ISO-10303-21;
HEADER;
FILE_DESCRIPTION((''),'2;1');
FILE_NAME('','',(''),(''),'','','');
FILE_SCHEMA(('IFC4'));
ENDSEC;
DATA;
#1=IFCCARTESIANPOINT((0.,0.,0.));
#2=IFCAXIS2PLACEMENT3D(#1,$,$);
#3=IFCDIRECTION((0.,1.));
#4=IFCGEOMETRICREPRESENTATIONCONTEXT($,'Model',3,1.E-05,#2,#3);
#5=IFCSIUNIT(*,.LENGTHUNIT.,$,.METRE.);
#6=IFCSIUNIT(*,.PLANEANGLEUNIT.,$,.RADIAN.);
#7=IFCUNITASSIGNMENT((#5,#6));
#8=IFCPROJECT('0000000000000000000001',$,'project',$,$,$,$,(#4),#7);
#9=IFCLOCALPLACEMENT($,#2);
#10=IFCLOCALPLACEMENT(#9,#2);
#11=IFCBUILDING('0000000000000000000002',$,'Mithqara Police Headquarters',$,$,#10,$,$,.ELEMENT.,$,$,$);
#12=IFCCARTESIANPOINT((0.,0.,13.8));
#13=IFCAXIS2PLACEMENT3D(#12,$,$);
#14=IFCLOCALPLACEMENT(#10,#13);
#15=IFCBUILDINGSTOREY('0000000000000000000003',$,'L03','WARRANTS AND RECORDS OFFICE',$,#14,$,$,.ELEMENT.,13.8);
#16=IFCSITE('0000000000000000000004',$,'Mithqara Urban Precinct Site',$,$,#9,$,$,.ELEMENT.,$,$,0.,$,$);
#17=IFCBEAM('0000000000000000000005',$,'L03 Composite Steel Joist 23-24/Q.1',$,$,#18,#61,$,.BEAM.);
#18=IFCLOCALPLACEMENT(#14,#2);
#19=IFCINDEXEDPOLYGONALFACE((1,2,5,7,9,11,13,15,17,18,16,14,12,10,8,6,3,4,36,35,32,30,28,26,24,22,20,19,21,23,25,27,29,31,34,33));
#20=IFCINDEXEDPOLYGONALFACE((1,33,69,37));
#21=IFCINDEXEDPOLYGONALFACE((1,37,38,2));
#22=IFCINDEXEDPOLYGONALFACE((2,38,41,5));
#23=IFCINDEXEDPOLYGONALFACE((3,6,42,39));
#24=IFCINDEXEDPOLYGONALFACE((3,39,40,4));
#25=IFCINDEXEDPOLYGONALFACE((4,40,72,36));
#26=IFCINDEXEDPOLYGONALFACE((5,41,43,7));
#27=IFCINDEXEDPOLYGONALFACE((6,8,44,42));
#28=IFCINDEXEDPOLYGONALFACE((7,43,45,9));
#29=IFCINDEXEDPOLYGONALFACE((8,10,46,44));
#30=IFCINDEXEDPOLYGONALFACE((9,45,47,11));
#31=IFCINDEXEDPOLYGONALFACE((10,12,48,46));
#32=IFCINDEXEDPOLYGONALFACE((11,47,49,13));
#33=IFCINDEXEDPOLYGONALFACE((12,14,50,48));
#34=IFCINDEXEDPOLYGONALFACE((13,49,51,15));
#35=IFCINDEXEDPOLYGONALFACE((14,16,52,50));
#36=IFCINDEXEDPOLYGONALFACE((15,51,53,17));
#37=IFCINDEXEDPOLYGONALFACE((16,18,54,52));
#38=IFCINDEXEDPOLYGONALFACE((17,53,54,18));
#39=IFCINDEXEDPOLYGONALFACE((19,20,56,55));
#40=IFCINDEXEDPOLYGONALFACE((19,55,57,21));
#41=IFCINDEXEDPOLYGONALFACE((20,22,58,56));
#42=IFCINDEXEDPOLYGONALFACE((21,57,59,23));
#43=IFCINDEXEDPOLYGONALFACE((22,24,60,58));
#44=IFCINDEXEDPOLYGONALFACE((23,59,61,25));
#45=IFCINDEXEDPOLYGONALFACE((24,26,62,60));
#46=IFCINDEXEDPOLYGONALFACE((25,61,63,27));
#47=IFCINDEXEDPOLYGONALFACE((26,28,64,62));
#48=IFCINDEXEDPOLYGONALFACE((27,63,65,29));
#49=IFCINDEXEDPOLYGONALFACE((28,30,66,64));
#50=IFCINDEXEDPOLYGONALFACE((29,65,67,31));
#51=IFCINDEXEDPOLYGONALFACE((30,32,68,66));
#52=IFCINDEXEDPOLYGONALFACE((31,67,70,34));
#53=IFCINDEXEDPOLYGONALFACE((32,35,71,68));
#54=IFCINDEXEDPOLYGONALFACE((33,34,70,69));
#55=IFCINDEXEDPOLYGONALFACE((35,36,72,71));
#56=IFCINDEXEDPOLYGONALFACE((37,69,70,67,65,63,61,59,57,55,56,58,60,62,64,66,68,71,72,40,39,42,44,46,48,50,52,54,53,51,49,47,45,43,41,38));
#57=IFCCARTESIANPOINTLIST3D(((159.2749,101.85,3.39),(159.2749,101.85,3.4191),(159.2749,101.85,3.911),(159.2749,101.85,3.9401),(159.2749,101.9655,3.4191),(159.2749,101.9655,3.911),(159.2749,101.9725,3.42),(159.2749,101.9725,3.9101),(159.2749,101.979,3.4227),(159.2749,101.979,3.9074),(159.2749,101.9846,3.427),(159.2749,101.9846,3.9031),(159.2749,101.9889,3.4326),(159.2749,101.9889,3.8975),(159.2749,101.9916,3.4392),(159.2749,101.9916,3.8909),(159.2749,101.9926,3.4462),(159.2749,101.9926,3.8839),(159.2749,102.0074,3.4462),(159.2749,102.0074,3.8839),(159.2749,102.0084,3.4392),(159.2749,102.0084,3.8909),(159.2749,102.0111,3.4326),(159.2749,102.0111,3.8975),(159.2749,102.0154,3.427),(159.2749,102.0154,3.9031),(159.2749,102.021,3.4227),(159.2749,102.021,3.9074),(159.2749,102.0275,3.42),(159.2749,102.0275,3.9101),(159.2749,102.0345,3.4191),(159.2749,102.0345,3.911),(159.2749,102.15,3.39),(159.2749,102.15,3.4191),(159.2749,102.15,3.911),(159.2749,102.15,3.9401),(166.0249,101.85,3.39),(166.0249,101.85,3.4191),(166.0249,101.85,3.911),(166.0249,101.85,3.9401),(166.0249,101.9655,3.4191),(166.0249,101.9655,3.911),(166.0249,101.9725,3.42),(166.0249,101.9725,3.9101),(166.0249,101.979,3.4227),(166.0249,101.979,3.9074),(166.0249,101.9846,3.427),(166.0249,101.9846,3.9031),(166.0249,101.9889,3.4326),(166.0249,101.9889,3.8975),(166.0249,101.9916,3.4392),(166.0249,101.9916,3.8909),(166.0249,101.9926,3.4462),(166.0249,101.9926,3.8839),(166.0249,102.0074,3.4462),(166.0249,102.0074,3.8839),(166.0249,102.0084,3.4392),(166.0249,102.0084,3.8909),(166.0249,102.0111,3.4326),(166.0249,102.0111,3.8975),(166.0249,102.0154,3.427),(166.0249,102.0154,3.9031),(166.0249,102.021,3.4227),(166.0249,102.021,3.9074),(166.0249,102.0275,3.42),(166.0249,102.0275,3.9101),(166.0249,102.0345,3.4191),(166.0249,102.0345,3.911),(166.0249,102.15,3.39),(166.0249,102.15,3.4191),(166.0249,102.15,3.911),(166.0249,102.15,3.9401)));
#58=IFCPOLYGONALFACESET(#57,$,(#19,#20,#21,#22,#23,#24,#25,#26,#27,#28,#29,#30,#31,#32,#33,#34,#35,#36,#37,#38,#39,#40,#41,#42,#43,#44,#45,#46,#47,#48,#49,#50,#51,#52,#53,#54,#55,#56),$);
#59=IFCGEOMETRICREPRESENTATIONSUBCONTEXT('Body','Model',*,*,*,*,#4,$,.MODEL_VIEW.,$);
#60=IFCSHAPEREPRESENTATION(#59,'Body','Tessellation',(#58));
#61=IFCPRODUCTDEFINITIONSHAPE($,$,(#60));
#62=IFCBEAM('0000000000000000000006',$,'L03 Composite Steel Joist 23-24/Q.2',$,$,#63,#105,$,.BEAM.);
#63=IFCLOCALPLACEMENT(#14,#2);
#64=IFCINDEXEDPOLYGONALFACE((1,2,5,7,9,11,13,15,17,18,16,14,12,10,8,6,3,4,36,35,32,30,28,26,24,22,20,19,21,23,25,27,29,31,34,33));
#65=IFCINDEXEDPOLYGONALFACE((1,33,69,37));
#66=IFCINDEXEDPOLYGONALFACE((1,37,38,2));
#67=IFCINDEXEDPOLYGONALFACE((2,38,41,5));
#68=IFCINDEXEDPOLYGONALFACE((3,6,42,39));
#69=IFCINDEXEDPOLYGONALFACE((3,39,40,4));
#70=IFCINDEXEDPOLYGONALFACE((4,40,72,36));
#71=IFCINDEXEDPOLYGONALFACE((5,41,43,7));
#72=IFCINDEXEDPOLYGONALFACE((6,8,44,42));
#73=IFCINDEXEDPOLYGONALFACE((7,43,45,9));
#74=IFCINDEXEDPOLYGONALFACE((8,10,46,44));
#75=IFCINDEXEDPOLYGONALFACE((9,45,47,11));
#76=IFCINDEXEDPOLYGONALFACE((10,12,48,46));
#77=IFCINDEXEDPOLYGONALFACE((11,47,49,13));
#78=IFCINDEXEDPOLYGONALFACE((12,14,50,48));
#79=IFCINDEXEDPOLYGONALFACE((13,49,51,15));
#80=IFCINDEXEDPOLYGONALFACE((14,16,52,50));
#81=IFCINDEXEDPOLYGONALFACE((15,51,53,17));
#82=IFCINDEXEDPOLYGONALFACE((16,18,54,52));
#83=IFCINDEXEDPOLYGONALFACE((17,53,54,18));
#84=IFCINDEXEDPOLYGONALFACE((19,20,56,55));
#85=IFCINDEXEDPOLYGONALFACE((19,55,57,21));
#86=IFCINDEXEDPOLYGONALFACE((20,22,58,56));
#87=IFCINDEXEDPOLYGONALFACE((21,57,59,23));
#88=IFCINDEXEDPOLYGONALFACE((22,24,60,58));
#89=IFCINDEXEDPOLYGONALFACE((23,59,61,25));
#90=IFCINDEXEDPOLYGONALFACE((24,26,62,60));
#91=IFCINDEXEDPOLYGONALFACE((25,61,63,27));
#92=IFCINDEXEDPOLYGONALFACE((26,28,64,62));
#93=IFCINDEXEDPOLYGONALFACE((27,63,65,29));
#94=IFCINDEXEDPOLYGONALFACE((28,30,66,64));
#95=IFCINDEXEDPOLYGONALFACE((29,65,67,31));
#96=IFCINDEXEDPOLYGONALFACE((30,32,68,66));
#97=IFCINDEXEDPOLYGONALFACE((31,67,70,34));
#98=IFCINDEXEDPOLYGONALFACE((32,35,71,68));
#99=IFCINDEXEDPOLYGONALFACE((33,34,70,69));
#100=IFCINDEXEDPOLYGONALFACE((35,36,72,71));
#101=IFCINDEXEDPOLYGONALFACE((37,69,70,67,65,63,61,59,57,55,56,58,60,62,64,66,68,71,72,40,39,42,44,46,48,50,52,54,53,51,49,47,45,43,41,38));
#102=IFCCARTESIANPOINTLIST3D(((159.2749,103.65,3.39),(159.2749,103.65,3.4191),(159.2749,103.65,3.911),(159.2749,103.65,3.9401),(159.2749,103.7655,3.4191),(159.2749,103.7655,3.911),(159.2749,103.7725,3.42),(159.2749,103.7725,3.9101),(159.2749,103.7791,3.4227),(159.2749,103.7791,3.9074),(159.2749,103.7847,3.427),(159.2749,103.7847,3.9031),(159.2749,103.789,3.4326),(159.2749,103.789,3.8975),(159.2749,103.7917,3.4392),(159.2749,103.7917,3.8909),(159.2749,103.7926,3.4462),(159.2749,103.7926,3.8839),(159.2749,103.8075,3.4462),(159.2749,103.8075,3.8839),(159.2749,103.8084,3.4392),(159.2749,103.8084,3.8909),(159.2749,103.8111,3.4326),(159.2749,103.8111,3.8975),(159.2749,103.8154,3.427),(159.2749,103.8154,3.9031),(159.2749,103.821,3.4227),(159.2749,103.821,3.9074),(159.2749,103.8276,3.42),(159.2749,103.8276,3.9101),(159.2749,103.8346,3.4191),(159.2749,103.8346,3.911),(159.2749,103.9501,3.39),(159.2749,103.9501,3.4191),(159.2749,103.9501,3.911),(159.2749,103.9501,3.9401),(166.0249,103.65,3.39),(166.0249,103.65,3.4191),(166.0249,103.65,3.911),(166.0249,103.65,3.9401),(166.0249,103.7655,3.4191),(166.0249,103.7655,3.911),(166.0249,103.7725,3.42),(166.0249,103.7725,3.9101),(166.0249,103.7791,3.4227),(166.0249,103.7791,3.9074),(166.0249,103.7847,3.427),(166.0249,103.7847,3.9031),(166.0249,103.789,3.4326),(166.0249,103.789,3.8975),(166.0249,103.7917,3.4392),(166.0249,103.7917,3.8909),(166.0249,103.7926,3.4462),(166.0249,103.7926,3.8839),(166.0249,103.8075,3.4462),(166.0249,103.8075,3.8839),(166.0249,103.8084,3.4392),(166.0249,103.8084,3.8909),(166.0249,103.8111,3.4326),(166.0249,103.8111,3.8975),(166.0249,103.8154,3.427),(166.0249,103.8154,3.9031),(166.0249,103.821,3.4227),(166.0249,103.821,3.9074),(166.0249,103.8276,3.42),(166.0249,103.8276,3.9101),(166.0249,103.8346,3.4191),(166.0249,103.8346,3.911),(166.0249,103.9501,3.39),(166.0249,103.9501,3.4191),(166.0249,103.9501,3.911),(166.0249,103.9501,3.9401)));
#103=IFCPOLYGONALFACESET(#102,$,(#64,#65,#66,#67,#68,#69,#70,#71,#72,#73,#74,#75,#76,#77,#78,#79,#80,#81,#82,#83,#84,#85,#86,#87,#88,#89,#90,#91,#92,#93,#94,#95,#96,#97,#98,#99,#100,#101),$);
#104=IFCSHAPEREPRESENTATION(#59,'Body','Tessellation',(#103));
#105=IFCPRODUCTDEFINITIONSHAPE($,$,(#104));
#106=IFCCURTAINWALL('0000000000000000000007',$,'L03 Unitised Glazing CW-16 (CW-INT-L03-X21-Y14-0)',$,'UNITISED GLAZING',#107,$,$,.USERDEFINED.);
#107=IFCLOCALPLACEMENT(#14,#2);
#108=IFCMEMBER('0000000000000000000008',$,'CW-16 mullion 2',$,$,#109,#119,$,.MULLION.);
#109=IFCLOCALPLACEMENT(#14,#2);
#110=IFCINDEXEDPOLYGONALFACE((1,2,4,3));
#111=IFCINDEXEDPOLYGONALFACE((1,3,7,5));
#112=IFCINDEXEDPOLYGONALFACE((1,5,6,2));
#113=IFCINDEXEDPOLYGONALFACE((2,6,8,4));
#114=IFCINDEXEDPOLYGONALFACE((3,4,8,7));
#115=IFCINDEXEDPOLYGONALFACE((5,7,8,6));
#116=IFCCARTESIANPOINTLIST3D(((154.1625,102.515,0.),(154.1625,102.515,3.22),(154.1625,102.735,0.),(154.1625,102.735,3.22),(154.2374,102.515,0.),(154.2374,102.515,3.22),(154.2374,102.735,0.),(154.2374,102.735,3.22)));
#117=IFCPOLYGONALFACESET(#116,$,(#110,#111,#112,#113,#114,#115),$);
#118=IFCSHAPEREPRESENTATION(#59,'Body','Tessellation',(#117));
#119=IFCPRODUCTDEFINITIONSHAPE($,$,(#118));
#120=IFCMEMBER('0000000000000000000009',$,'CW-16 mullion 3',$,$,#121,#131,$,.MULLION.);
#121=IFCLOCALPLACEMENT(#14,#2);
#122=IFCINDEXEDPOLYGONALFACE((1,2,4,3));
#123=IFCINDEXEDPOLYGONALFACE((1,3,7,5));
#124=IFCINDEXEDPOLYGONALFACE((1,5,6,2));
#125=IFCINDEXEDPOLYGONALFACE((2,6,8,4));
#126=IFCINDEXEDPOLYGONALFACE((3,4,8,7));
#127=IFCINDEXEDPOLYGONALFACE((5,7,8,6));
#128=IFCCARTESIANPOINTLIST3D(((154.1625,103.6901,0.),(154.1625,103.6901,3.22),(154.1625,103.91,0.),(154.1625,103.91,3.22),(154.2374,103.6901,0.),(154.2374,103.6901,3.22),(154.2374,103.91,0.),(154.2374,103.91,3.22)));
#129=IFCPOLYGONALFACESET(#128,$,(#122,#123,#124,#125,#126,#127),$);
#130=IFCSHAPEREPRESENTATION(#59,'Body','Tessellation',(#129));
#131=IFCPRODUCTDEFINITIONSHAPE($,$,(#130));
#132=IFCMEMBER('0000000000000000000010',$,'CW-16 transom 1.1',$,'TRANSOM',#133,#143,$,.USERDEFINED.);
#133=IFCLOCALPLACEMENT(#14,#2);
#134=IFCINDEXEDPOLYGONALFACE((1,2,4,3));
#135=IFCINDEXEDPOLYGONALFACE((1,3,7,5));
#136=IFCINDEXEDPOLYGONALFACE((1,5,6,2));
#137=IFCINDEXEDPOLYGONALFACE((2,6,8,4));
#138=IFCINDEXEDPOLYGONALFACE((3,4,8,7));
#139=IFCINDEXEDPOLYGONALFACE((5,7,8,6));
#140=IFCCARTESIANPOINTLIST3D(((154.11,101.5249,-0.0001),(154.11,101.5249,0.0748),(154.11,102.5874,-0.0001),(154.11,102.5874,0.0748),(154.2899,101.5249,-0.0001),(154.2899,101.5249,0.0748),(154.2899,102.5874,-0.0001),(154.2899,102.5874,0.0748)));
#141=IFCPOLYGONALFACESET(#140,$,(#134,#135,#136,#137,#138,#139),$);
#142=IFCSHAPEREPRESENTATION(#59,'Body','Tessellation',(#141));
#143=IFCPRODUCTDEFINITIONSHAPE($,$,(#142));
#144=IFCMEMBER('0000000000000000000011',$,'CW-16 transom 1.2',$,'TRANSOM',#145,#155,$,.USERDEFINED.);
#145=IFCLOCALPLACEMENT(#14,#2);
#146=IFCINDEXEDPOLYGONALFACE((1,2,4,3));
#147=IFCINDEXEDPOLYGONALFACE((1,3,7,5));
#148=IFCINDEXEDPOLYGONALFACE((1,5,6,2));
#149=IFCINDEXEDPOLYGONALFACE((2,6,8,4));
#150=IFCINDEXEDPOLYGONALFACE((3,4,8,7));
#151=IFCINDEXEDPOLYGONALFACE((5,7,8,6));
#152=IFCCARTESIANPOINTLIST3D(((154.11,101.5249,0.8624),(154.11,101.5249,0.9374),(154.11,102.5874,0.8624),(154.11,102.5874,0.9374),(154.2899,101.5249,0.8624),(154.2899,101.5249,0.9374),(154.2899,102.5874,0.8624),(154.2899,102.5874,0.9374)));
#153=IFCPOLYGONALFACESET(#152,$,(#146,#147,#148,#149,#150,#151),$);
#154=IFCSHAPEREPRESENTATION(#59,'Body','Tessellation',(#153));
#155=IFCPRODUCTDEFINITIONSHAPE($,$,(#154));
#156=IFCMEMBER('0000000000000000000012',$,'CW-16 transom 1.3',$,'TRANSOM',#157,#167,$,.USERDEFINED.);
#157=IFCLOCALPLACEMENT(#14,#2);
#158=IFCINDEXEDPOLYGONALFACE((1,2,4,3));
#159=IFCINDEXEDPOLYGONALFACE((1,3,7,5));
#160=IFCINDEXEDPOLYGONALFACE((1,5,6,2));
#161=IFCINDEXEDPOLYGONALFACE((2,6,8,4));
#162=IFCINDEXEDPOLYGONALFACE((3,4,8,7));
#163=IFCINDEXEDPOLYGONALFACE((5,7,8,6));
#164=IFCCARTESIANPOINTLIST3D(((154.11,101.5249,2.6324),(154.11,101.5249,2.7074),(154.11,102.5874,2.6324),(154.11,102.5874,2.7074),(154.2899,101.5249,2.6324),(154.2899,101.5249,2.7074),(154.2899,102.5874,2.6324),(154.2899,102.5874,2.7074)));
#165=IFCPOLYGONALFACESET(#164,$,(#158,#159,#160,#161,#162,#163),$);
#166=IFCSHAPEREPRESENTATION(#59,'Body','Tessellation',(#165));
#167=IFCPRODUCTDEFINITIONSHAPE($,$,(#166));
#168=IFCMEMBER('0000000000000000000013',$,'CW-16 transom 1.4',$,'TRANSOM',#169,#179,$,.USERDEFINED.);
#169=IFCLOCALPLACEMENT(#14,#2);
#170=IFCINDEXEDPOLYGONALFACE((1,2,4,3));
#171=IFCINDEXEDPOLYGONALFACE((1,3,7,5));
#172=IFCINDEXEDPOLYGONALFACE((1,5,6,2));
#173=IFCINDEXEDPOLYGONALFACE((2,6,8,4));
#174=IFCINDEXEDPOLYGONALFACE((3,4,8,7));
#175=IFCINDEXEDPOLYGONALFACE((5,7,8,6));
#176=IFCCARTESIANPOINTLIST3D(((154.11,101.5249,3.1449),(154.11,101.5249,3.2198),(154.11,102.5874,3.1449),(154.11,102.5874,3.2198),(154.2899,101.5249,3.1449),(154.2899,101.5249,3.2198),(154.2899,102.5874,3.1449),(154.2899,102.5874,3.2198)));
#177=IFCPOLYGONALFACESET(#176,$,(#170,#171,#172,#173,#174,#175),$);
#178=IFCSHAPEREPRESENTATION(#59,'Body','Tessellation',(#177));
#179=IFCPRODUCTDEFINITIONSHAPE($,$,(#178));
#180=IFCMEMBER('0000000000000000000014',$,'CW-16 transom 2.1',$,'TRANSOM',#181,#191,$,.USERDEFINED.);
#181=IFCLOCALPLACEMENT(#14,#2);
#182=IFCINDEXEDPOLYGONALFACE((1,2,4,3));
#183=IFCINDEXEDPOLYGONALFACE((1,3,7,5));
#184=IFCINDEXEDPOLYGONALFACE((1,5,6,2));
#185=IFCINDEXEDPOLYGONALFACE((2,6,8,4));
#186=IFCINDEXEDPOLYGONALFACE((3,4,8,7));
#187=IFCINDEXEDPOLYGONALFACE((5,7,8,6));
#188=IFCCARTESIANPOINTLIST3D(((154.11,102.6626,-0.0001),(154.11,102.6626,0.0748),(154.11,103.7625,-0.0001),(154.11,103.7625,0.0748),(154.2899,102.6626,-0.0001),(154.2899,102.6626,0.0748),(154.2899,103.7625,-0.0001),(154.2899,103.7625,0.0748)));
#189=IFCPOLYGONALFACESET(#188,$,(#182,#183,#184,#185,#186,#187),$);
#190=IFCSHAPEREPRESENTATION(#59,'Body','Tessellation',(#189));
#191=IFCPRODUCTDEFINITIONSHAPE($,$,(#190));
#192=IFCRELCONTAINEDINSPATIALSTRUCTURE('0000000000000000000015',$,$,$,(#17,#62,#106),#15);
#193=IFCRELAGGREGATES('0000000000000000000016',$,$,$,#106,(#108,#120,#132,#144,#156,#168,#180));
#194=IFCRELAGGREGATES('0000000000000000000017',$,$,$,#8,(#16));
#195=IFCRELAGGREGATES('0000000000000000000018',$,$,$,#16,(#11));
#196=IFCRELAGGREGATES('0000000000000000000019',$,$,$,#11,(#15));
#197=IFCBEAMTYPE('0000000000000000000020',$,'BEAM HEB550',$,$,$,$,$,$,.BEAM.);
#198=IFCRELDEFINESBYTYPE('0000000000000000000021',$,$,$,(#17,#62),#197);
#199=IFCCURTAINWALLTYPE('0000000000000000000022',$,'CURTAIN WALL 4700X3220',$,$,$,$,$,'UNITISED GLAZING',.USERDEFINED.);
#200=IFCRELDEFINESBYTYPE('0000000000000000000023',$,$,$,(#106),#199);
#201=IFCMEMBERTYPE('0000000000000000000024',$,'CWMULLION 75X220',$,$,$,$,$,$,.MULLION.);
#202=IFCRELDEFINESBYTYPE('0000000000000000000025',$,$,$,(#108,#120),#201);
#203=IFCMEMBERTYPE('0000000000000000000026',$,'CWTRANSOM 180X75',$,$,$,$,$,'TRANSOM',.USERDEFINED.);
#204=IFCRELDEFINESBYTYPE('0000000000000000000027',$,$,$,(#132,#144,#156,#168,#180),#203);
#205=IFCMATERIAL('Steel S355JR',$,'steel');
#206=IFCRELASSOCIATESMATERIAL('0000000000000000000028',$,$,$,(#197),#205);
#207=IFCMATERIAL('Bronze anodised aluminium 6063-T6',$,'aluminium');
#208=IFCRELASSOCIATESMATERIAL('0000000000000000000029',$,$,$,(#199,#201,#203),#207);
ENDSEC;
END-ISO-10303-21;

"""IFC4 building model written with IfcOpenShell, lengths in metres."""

from ifc_helpers import new_model, si_unit, direction, frame, origin, origin_2d, place, context, subcontext, project, spatial, rectangle, i_section, extrude, material, material_profile, profile_set, type_object, element, aggregate, save


model = new_model("IFC4")

# Units and contexts
model_context = context("Model", 3, precision=1e-05, world=origin(), true_north=direction((0.0, 1.0)))
body_context = subcontext(model_context, "Body", "Model", "MODEL_VIEW")
ifc_project = project(units=[si_unit("LENGTHUNIT", "METRE"), si_unit("PLANEANGLEUNIT", "RADIAN")], contexts=[model_context])

# Site, building, storey
site_placement = place(None, origin())
site = spatial("IfcSite", under=ifc_project, at=site_placement, Name="Mithqara Urban Precinct Site", CompositionType="ELEMENT", RefElevation=0.0)
building_placement = place(site_placement, origin())
building = spatial("IfcBuilding", under=site, at=building_placement, Name="Mithqara Police Headquarters", CompositionType="ELEMENT")
storey_placement = place(building_placement, frame((0.0, 0.0, 13.8)))
storey = spatial("IfcBuildingStorey", under=building, at=storey_placement, Name="L03", Description="WARRANTS AND RECORDS OFFICE", CompositionType="ELEMENT", Elevation=13.8)

# Beams
ifc_material_1 = material(Name="Steel S355JR", Category="steel")
ifc_material_profile_1 = material_profile(ifc_material_1, i_section(OverallWidth=0.3, OverallDepth=0.55, WebThickness=0.0149, FlangeThickness=0.0291, FilletRadius=0.0271, at=origin_2d()), Name="HEB 550")
ifc_profile_set_1 = profile_set([ifc_material_profile_1], Name="Steel S355JR")
beam_type = type_object("IfcBeamType", Name="BEAM HEB550", PredefinedType="BEAM", material=ifc_profile_set_1)
for number, where, z_axis, x_axis, name in (
    (1, (159.2749, 102.0, 3.665), (1.0, 0.0, 0.0), (0.0, 1.0, 0.0), "L03 Composite Steel Joist 23-24/Q.1"),
    (2, (159.2749, 103.8, 3.665), (1.0, 0.0, 0.0), (0.0, 1.0, 0.0), "L03 Composite Steel Joist 23-24/Q.2"),
):
    element("IfcBeam", number, at=place(storey_placement, frame(where, z_axis=z_axis, x_axis=x_axis)), inside=storey, type_object=beam_type, Name=name, PredefinedType="BEAM", context=body_context, shape_type="SweptSolid", body=[
        extrude(i_section(OverallWidth=0.3, OverallDepth=0.55, WebThickness=0.0149, FlangeThickness=0.0291, FilletRadius=0.0271, at=origin_2d()), origin(), (0.0, 0.0, 1.0), 6.75),
    ])

# Curtain wall, members
ifc_material_2 = material(Name="Bronze anodised aluminium 6063-T6", Category="aluminium")
curtain_wall_type = type_object("IfcCurtainWallType", Name="CURTAIN WALL 4700X3220", ElementType="UNITISED GLAZING", PredefinedType="USERDEFINED", material=ifc_material_2)
curtain_wall_placement = place(storey_placement, origin())
curtain_wall = element("IfcCurtainWall", 3, at=curtain_wall_placement, inside=storey, type_object=curtain_wall_type, Name="L03 Unitised Glazing CW-16 (CW-INT-L03-X21-Y14-0)", ObjectType="UNITISED GLAZING", PredefinedType="USERDEFINED")
ifc_material_profile_2 = material_profile(ifc_material_2, rectangle(XDim=0.075, YDim=0.22, at=origin_2d()), Name="CWM 75x220")
ifc_profile_set_2 = profile_set([ifc_material_profile_2], Name="Bronze anodised aluminium 6063-T6")
member_type_1 = type_object("IfcMemberType", Name="CWMULLION 75X220", PredefinedType="MULLION", material=ifc_profile_set_2)
member_1_placement = place(storey_placement, frame((154.2, 102.625, 0.0), z_axis=(0.0, 0.0, 1.0), x_axis=(-1.0, 0.0, 0.0)))
member_1 = element("IfcMember", 4, at=member_1_placement, type_object=member_type_1, Name="CW-16 mullion 2", PredefinedType="MULLION", context=body_context, shape_type="SweptSolid", body=[
    extrude(rectangle(XDim=0.075, YDim=0.22, at=origin_2d()), origin(), (0.0, 0.0, 1.0), 3.22),
])
member_2_placement = place(storey_placement, frame((154.2, 103.8, 0.0), z_axis=(0.0, 0.0, 1.0), x_axis=(-1.0, 0.0, 0.0)))
member_2 = element("IfcMember", 5, at=member_2_placement, type_object=member_type_1, Name="CW-16 mullion 3", PredefinedType="MULLION", context=body_context, shape_type="SweptSolid", body=[
    extrude(rectangle(XDim=0.075, YDim=0.22, at=origin_2d()), origin(), (0.0, 0.0, 1.0), 3.22),
])
ifc_material_profile_3 = material_profile(ifc_material_2, rectangle(XDim=0.1799, YDim=0.075, at=origin_2d()), Name="CWT 180x75")
ifc_profile_set_3 = profile_set([ifc_material_profile_3], Name="Bronze anodised aluminium 6063-T6")
member_type_2 = type_object("IfcMemberType", Name="CWTRANSOM 180X75", ElementType="TRANSOM", PredefinedType="USERDEFINED", material=ifc_profile_set_3)
member_3_placement = place(storey_placement, frame((154.2, 101.5249, 0.0374), z_axis=(0.0, 1.0, 0.0), x_axis=(-1.0, 0.0, 0.0)))
member_3 = element("IfcMember", 6, at=member_3_placement, type_object=member_type_2, Name="CW-16 transom 1.1", ObjectType="TRANSOM", PredefinedType="USERDEFINED", context=body_context, shape_type="SweptSolid", body=[
    extrude(rectangle(XDim=0.1799, YDim=0.075, at=origin_2d()), origin(), (0.0, 0.0, 1.0), 1.0625),
])
member_4_placement = place(storey_placement, frame((154.2, 101.5249, 0.8999), z_axis=(0.0, 1.0, 0.0), x_axis=(-1.0, 0.0, 0.0)))
member_4 = element("IfcMember", 7, at=member_4_placement, type_object=member_type_2, Name="CW-16 transom 1.2", ObjectType="TRANSOM", PredefinedType="USERDEFINED", context=body_context, shape_type="SweptSolid", body=[
    extrude(rectangle(XDim=0.1799, YDim=0.075, at=origin_2d()), origin(), (0.0, 0.0, 1.0), 1.0625),
])
member_5_placement = place(storey_placement, frame((154.2, 101.5249, 2.6699), z_axis=(0.0, 1.0, 0.0), x_axis=(-1.0, 0.0, 0.0)))
member_5 = element("IfcMember", 8, at=member_5_placement, type_object=member_type_2, Name="CW-16 transom 1.3", ObjectType="TRANSOM", PredefinedType="USERDEFINED", context=body_context, shape_type="SweptSolid", body=[
    extrude(rectangle(XDim=0.1799, YDim=0.075, at=origin_2d()), origin(), (0.0, 0.0, 1.0), 1.0625),
])
member_6_placement = place(storey_placement, frame((154.2, 101.5249, 3.1824), z_axis=(0.0, 1.0, 0.0), x_axis=(-1.0, 0.0, 0.0)))
member_6 = element("IfcMember", 9, at=member_6_placement, type_object=member_type_2, Name="CW-16 transom 1.4", ObjectType="TRANSOM", PredefinedType="USERDEFINED", context=body_context, shape_type="SweptSolid", body=[
    extrude(rectangle(XDim=0.1799, YDim=0.075, at=origin_2d()), origin(), (0.0, 0.0, 1.0), 1.0625),
])
member_7_placement = place(storey_placement, frame((154.2, 102.6626, 0.0374), z_axis=(0.0, 1.0, 0.0), x_axis=(-1.0, 0.0, 0.0)))
member_7 = element("IfcMember", 10, at=member_7_placement, type_object=member_type_2, Name="CW-16 transom 2.1", ObjectType="TRANSOM", PredefinedType="USERDEFINED", context=body_context, shape_type="SweptSolid", body=[
    extrude(rectangle(XDim=0.1799, YDim=0.075, at=origin_2d()), origin(), (0.0, 0.0, 1.0), 1.0999),
])
aggregate(curtain_wall, [member_1, member_2, member_3, member_4, member_5, member_6, member_7])

save(model, "model.ifc")
